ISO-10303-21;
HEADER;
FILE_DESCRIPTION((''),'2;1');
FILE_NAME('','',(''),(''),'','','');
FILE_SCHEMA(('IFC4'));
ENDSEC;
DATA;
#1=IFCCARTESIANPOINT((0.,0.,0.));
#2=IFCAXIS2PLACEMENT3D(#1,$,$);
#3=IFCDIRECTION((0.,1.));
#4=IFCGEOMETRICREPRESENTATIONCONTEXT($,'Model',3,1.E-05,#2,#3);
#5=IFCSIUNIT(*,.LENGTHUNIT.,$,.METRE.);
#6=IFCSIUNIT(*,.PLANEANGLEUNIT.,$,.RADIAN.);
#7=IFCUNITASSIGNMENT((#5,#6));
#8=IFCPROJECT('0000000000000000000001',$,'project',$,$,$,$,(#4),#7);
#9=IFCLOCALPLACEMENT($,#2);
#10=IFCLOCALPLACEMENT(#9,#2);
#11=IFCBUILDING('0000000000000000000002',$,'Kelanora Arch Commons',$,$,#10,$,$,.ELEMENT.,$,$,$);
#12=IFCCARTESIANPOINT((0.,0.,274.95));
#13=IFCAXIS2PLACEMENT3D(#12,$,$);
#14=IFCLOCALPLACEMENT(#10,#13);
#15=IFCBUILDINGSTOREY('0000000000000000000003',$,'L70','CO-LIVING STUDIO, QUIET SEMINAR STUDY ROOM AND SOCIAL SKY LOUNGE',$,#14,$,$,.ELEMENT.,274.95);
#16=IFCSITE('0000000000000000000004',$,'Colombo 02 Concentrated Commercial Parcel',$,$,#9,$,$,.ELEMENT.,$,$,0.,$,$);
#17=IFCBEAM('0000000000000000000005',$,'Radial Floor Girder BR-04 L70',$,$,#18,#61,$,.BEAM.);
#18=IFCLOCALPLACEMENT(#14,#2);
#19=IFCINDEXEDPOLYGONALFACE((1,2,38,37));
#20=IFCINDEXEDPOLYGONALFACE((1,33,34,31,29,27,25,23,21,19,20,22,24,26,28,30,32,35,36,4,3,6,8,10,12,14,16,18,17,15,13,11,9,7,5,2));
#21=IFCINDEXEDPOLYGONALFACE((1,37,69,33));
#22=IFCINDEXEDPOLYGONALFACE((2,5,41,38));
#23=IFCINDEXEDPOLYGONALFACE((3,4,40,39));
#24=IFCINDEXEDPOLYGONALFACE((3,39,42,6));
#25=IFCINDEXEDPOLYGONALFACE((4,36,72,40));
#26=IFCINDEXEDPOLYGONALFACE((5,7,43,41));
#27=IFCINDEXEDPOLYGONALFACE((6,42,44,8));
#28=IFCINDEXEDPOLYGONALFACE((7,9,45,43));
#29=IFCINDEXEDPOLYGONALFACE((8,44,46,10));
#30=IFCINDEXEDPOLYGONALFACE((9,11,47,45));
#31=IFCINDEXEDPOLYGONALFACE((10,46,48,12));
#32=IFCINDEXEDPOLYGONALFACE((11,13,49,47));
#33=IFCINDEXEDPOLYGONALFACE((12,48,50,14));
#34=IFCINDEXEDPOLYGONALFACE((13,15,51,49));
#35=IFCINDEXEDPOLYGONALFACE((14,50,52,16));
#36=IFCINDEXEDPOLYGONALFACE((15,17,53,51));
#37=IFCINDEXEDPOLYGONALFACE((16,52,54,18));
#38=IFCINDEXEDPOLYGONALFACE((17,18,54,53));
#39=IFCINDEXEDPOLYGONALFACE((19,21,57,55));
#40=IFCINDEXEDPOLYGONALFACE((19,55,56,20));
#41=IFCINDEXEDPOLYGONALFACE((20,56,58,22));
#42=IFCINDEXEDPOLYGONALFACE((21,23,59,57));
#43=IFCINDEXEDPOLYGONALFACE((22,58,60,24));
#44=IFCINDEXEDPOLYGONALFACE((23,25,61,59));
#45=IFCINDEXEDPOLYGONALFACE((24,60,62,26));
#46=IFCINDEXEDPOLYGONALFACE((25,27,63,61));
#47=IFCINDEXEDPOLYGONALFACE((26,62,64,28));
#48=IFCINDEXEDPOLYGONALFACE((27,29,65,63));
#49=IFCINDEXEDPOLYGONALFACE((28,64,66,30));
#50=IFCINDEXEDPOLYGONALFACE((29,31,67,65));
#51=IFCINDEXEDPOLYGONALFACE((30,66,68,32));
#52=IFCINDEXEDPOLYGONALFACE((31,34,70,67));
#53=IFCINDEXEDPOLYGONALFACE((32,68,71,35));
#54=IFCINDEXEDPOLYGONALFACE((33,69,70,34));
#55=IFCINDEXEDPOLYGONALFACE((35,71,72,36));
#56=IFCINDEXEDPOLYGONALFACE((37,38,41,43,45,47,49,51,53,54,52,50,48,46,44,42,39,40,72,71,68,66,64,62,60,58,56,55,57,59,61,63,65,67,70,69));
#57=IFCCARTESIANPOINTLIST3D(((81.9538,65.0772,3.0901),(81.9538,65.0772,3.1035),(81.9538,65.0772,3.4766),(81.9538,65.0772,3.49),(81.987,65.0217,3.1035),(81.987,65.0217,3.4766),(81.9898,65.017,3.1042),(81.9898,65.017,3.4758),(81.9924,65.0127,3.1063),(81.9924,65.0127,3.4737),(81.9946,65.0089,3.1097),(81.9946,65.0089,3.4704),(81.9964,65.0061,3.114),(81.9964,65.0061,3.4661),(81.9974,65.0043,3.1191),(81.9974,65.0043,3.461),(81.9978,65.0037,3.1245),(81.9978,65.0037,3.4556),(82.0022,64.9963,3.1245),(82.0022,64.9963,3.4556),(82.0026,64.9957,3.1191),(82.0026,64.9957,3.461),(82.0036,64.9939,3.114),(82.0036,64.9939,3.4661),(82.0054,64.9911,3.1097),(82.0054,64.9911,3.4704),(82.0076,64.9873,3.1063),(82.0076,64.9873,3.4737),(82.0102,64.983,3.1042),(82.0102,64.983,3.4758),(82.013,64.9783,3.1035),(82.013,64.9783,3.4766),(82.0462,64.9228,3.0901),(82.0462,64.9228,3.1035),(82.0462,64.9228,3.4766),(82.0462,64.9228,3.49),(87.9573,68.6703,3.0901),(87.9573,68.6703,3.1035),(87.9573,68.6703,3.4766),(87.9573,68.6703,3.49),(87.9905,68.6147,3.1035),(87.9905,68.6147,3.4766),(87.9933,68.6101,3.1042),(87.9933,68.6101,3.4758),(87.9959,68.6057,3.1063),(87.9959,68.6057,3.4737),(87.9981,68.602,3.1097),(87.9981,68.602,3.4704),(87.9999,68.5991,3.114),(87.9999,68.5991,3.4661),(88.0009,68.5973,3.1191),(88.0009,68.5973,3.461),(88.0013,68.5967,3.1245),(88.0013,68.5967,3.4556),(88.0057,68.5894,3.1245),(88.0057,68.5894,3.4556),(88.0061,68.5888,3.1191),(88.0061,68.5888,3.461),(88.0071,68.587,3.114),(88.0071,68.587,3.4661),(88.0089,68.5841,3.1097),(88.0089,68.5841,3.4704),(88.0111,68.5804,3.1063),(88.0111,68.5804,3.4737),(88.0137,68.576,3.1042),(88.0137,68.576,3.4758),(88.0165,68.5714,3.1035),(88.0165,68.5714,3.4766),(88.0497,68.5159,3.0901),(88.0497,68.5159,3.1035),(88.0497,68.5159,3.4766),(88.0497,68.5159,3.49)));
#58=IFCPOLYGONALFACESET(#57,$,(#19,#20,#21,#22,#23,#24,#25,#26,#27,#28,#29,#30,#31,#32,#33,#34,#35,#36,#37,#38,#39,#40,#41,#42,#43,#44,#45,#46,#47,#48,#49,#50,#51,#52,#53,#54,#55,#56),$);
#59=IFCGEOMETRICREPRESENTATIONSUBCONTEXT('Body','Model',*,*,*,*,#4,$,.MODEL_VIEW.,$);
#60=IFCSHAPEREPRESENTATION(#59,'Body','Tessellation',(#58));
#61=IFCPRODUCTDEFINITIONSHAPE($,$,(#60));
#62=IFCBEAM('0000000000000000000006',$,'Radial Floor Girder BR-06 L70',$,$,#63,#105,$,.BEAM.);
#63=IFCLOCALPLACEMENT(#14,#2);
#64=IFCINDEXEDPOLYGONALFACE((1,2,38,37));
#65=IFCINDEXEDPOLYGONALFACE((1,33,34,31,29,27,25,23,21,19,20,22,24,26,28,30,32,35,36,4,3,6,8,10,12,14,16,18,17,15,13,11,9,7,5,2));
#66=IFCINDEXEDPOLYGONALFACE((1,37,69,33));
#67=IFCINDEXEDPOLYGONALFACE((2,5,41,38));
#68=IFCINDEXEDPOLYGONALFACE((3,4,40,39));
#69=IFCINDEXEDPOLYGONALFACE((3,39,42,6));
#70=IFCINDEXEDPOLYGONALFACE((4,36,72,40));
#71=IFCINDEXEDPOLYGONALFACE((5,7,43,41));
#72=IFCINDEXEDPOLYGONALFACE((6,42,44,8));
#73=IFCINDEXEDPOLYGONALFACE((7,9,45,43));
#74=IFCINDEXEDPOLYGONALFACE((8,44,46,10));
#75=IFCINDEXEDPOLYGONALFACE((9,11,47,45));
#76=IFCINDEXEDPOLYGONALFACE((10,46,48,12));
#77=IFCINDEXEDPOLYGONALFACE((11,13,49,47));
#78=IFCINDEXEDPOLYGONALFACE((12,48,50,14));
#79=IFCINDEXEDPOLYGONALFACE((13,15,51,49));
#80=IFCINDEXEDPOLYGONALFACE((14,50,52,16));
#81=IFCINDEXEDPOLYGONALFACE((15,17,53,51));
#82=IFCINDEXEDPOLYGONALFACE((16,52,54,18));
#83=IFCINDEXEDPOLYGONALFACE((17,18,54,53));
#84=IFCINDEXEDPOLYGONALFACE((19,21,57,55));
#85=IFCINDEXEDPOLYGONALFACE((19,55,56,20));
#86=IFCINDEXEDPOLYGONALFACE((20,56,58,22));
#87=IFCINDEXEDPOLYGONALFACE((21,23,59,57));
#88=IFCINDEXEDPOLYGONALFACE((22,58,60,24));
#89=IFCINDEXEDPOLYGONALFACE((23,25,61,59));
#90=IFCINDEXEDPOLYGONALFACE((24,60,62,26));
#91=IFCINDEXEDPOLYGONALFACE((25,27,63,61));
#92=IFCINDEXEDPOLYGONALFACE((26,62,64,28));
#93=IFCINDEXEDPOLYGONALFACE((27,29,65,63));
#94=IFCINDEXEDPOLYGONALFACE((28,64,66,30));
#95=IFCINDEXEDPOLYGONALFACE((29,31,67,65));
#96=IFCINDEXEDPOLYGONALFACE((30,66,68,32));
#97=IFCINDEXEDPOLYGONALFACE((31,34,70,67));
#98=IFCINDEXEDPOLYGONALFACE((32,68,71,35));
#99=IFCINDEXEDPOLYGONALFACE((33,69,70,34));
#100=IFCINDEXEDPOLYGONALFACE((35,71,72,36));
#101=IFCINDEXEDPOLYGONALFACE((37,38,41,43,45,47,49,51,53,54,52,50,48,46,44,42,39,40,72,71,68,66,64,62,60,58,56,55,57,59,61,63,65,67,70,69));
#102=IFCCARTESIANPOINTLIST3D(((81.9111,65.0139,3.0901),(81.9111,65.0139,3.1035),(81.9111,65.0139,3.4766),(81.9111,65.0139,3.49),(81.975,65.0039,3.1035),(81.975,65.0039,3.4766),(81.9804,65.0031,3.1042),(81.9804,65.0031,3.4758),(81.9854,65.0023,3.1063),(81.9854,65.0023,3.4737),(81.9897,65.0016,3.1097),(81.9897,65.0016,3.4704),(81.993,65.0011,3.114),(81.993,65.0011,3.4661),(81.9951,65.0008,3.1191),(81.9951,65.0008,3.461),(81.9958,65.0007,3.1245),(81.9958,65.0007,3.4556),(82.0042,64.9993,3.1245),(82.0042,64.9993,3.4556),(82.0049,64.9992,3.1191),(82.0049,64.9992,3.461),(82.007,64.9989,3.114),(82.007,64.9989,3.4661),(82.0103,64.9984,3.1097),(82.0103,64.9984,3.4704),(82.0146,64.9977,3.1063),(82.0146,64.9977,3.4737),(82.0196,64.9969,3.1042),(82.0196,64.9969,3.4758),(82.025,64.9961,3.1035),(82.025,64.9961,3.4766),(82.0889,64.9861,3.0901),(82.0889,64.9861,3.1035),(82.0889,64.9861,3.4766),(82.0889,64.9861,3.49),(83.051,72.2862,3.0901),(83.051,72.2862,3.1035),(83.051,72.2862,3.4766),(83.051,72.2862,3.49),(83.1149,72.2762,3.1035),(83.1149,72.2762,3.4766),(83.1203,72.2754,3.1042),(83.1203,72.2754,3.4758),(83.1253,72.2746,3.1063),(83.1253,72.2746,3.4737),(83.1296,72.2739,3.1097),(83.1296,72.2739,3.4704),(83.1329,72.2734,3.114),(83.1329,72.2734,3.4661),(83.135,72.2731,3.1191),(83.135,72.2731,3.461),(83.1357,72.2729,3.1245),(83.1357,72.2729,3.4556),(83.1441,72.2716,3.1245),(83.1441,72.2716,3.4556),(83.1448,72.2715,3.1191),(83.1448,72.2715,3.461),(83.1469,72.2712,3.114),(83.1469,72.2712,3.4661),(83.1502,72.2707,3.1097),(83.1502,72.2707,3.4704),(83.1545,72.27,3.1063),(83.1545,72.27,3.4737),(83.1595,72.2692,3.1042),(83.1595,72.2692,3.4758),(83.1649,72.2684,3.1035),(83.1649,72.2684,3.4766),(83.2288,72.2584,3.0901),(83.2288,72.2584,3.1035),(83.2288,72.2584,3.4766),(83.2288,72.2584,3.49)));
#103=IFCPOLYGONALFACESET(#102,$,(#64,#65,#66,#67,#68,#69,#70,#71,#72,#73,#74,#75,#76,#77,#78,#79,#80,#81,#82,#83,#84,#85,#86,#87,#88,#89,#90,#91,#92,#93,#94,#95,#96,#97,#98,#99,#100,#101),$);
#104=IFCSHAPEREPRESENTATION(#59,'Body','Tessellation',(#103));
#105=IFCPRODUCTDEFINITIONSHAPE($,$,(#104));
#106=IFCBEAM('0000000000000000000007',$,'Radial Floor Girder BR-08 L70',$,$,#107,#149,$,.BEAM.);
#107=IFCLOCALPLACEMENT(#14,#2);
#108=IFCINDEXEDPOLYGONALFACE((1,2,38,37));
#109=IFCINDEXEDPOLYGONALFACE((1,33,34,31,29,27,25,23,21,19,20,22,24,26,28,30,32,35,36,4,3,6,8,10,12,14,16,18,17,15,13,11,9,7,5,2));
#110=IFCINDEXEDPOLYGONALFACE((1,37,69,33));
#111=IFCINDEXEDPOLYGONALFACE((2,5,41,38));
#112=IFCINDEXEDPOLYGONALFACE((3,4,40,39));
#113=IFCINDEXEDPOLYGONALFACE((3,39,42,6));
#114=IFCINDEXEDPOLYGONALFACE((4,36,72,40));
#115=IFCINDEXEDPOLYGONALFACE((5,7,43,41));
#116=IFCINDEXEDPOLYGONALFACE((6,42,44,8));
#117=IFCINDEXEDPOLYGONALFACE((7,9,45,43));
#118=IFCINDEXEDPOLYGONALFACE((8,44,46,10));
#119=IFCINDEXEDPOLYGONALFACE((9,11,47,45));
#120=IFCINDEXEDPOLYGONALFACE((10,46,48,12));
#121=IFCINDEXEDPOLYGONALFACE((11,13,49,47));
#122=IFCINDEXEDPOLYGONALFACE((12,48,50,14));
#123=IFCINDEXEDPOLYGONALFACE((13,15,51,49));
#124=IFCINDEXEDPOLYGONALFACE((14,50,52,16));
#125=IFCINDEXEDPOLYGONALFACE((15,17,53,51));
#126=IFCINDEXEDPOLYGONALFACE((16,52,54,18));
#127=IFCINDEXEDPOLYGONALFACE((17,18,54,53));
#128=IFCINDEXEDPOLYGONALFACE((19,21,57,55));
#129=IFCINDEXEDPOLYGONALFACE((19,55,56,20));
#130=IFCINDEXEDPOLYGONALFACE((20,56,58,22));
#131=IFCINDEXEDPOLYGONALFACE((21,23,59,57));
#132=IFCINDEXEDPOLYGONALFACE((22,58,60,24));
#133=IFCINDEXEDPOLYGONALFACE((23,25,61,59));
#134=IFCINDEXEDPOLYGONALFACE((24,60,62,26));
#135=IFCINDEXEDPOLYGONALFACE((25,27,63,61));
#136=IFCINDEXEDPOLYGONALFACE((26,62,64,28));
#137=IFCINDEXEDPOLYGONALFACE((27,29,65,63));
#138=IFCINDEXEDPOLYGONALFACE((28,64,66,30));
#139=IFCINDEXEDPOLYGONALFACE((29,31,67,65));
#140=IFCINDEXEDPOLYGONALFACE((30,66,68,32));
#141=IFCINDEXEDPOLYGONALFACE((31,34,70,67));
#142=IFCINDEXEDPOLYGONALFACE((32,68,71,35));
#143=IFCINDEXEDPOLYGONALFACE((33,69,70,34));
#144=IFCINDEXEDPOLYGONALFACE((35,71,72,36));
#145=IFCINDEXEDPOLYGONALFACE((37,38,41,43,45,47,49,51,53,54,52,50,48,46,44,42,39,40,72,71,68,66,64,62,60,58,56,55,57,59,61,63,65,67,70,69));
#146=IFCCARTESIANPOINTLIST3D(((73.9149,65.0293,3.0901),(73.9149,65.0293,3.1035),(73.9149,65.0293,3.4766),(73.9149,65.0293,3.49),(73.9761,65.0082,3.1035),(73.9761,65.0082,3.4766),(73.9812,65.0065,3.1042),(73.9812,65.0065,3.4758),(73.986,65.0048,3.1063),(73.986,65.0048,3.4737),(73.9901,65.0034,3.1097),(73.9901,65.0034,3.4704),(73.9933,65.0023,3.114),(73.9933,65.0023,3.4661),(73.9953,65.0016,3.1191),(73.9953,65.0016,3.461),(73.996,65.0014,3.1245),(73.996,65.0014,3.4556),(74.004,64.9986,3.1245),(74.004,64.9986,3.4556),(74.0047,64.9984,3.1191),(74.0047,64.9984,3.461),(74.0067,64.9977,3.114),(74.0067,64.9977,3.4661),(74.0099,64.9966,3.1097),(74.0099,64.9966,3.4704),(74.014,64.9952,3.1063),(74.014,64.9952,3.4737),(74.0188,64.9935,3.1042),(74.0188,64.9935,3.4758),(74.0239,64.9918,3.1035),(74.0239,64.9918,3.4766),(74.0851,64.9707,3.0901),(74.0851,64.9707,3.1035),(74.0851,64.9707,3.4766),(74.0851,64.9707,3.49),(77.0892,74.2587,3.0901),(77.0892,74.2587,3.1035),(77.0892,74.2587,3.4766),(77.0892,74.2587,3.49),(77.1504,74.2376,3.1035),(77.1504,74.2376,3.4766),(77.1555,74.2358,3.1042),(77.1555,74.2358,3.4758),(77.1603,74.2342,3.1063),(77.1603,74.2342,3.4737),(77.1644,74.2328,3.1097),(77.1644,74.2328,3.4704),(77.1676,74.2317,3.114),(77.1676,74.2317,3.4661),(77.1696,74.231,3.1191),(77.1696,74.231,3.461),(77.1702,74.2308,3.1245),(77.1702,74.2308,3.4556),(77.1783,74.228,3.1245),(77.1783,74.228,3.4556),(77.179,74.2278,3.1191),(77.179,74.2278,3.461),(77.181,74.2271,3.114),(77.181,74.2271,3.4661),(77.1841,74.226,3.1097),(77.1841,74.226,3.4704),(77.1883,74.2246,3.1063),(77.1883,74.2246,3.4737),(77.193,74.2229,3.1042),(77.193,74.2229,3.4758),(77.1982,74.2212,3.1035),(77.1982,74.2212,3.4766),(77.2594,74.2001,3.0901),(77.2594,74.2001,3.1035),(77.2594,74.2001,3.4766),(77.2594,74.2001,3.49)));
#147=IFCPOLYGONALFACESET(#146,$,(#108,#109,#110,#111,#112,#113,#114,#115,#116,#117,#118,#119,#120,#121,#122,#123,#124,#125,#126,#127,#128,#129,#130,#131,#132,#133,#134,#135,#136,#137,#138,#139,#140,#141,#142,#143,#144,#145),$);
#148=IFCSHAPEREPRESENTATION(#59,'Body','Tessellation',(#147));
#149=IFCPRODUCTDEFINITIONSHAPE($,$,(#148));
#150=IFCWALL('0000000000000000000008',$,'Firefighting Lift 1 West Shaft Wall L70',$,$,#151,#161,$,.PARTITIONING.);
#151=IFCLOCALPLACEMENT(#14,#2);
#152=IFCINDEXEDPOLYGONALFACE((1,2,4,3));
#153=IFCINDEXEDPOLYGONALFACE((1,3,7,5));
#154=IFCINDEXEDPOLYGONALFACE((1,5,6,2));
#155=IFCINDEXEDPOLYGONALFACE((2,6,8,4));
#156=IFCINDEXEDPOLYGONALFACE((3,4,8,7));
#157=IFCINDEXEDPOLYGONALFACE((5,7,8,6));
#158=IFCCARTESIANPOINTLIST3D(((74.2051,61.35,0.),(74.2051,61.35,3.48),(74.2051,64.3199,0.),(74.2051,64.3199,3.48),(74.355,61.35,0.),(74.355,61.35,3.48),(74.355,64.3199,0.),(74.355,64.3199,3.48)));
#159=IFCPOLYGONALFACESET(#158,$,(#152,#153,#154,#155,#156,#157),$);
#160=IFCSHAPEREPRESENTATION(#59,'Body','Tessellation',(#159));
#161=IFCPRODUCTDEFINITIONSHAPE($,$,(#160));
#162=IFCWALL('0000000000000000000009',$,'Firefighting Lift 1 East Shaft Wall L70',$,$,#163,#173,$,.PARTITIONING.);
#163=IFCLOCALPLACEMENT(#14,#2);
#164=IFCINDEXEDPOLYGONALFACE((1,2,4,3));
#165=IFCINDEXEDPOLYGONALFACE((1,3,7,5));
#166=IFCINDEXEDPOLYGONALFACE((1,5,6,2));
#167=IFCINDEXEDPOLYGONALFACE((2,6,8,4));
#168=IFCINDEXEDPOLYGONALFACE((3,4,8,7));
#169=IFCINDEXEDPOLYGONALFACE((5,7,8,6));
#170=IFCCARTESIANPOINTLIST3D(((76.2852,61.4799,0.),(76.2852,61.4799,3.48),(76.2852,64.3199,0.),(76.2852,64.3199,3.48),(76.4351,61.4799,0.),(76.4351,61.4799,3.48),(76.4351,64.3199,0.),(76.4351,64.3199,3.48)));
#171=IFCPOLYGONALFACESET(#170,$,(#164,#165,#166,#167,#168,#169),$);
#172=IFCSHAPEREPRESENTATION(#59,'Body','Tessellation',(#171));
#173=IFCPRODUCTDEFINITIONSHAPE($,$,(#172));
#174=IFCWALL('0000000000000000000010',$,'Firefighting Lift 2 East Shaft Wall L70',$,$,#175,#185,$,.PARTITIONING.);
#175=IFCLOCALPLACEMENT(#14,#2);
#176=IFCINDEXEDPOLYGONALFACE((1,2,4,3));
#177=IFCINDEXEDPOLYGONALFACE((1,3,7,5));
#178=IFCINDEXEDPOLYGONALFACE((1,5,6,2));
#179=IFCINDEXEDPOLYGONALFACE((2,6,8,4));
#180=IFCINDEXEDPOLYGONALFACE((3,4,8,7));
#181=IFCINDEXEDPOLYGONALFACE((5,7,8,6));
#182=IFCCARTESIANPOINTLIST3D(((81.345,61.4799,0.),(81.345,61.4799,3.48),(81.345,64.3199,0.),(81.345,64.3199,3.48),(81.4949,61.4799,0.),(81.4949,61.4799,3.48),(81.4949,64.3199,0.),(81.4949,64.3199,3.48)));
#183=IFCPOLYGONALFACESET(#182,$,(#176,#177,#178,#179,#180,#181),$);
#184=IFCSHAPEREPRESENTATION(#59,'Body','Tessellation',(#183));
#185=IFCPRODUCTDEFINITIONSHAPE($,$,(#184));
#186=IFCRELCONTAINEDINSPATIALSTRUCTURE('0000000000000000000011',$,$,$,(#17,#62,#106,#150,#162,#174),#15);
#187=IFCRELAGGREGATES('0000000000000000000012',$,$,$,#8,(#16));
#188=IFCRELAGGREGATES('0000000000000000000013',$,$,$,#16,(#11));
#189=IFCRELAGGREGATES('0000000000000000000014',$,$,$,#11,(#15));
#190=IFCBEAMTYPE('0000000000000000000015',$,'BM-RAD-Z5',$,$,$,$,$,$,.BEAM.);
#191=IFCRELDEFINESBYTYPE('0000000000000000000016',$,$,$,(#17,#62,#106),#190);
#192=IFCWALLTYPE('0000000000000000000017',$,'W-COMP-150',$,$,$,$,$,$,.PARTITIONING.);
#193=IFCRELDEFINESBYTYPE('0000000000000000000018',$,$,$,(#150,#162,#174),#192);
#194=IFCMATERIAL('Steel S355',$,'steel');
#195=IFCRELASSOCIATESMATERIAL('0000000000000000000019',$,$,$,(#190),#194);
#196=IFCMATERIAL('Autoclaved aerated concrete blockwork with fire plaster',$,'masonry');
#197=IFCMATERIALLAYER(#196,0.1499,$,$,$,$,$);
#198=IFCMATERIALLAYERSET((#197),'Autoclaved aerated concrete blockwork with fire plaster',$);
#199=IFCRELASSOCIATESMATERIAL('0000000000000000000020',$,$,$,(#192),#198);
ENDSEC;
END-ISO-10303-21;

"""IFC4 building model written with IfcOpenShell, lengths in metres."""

from ifc_helpers import new_model, si_unit, direction, frame, frame_2d, origin, origin_2d, place, context, subcontext, project, spatial, rectangle, i_section, extrude, material, layer, layer_set, material_profile, profile_set, type_object, element, save


model = new_model("IFC4")

# Units and contexts
model_context = context("Model", 3, precision=1e-05, world=origin(), true_north=direction((0.0, 1.0)))
body_context = subcontext(model_context, "Body", "Model", "MODEL_VIEW")
ifc_project = project(units=[si_unit("LENGTHUNIT", "METRE"), si_unit("PLANEANGLEUNIT", "RADIAN")], contexts=[model_context])

# Site, building, storey
site_placement = place(None, origin())
site = spatial("IfcSite", under=ifc_project, at=site_placement, Name="Colombo 02 Concentrated Commercial Parcel", CompositionType="ELEMENT", RefElevation=0.0)
building_placement = place(site_placement, origin())
building = spatial("IfcBuilding", under=site, at=building_placement, Name="Kelanora Arch Commons", CompositionType="ELEMENT")
storey_placement = place(building_placement, frame((0.0, 0.0, 274.95)))
storey = spatial("IfcBuildingStorey", under=building, at=storey_placement, Name="L70", Description="CO-LIVING STUDIO, QUIET SEMINAR STUDY ROOM AND SOCIAL SKY LOUNGE", CompositionType="ELEMENT", Elevation=274.95)

# Beams
ifc_material_1 = material(Name="Steel S355", Category="steel")
ifc_material_profile_1 = material_profile(ifc_material_1, i_section(OverallWidth=0.1799, OverallDepth=0.3999, WebThickness=0.0085, FlangeThickness=0.0134, FilletRadius=0.021, at=origin_2d()), Name="IPE400")
ifc_profile_set_1 = profile_set([ifc_material_profile_1], Name="Steel S355")
beam_type_1 = type_object("IfcBeamType", Name="BM-RAD-Z5", PredefinedType="BEAM", material=ifc_profile_set_1)
beam_1_placement = place(storey_placement, frame((82.0, 65.0, 3.29), z_axis=(0.858062, 0.513546, 0.0), x_axis=(-0.513546, 0.858062, 0.0)))
element("IfcBeam", 1, at=beam_1_placement, inside=storey, type_object=beam_type_1, Name="Radial Floor Girder BR-04 L70", PredefinedType="BEAM", context=body_context, shape_type="SweptSolid", body=[
    extrude(i_section(OverallWidth=0.1799, OverallDepth=0.3999, WebThickness=0.0085, FlangeThickness=0.0134, FilletRadius=0.021, at=origin_2d()), origin(), (0.0, 0.0, 1.0), 6.9966),
])
beam_2_placement = place(storey_placement, frame((82.0, 65.0, 3.29), z_axis=(0.154855, 0.987937, 0.0), x_axis=(-0.987937, 0.154855, 0.0)))
element("IfcBeam", 2, at=beam_2_placement, inside=storey, type_object=beam_type_1, Name="Radial Floor Girder BR-06 L70", PredefinedType="BEAM", context=body_context, shape_type="SweptSolid", body=[
    extrude(i_section(OverallWidth=0.1799, OverallDepth=0.3999, WebThickness=0.0085, FlangeThickness=0.0134, FilletRadius=0.021, at=origin_2d()), origin(), (0.0, 0.0, 1.0), 7.3611),
])
beam_3_placement = place(storey_placement, frame((74.0, 65.0, 3.29), z_axis=(0.325234, 0.945634, 0.0), x_axis=(-0.945634, 0.325234, 0.0)))
element("IfcBeam", 3, at=beam_3_placement, inside=storey, type_object=beam_type_1, Name="Radial Floor Girder BR-08 L70", PredefinedType="BEAM", context=body_context, shape_type="SweptSolid", body=[
    extrude(i_section(OverallWidth=0.1799, OverallDepth=0.3999, WebThickness=0.0085, FlangeThickness=0.0134, FilletRadius=0.021, at=origin_2d()), origin(), (0.0, 0.0, 1.0), 9.76),
])

# Walls
ifc_material_2 = material(Name="Autoclaved aerated concrete blockwork with fire plaster", Category="masonry")
ifc_layer_1 = layer(ifc_material_2, 0.1499)
ifc_layer_set_1 = layer_set([ifc_layer_1], Name="Autoclaved aerated concrete blockwork with fire plaster")
wall_type_1 = type_object("IfcWallType", Name="W-COMP-150", PredefinedType="PARTITIONING", material=ifc_layer_set_1)
wall_1_placement = place(storey_placement, frame((74.28, 61.3501, 0.0), z_axis=(0.0, 0.0, 1.0), x_axis=(0.0, 1.0, 0.0)))
element("IfcWall", 4, at=wall_1_placement, inside=storey, type_object=wall_type_1, Name="Firefighting Lift 1 West Shaft Wall L70", PredefinedType="PARTITIONING", context=body_context, shape_type="SweptSolid", body=[
    extrude(rectangle(XDim=2.97, YDim=0.1499, at=frame_2d((1.4849, 0.0))), origin(), (0.0, 0.0, 1.0), 3.48),
])
for number, where, z_axis, x_axis, name in (
    (5, (76.3601, 61.48, 0.0), (0.0, 0.0, 1.0), (0.0, 1.0, 0.0), "Firefighting Lift 1 East Shaft Wall L70"),
    (6, (81.4199, 61.48, 0.0), (0.0, 0.0, 1.0), (0.0, 1.0, 0.0), "Firefighting Lift 2 East Shaft Wall L70"),
):
    element("IfcWall", number, at=place(storey_placement, frame(where, z_axis=z_axis, x_axis=x_axis)), inside=storey, type_object=wall_type_1, Name=name, PredefinedType="PARTITIONING", context=body_context, shape_type="SweptSolid", body=[
        extrude(rectangle(XDim=2.8401, YDim=0.1499, at=frame_2d((1.4199, 0.0))), origin(), (0.0, 0.0, 1.0), 3.48),
    ])

save(model, "model.ifc")
